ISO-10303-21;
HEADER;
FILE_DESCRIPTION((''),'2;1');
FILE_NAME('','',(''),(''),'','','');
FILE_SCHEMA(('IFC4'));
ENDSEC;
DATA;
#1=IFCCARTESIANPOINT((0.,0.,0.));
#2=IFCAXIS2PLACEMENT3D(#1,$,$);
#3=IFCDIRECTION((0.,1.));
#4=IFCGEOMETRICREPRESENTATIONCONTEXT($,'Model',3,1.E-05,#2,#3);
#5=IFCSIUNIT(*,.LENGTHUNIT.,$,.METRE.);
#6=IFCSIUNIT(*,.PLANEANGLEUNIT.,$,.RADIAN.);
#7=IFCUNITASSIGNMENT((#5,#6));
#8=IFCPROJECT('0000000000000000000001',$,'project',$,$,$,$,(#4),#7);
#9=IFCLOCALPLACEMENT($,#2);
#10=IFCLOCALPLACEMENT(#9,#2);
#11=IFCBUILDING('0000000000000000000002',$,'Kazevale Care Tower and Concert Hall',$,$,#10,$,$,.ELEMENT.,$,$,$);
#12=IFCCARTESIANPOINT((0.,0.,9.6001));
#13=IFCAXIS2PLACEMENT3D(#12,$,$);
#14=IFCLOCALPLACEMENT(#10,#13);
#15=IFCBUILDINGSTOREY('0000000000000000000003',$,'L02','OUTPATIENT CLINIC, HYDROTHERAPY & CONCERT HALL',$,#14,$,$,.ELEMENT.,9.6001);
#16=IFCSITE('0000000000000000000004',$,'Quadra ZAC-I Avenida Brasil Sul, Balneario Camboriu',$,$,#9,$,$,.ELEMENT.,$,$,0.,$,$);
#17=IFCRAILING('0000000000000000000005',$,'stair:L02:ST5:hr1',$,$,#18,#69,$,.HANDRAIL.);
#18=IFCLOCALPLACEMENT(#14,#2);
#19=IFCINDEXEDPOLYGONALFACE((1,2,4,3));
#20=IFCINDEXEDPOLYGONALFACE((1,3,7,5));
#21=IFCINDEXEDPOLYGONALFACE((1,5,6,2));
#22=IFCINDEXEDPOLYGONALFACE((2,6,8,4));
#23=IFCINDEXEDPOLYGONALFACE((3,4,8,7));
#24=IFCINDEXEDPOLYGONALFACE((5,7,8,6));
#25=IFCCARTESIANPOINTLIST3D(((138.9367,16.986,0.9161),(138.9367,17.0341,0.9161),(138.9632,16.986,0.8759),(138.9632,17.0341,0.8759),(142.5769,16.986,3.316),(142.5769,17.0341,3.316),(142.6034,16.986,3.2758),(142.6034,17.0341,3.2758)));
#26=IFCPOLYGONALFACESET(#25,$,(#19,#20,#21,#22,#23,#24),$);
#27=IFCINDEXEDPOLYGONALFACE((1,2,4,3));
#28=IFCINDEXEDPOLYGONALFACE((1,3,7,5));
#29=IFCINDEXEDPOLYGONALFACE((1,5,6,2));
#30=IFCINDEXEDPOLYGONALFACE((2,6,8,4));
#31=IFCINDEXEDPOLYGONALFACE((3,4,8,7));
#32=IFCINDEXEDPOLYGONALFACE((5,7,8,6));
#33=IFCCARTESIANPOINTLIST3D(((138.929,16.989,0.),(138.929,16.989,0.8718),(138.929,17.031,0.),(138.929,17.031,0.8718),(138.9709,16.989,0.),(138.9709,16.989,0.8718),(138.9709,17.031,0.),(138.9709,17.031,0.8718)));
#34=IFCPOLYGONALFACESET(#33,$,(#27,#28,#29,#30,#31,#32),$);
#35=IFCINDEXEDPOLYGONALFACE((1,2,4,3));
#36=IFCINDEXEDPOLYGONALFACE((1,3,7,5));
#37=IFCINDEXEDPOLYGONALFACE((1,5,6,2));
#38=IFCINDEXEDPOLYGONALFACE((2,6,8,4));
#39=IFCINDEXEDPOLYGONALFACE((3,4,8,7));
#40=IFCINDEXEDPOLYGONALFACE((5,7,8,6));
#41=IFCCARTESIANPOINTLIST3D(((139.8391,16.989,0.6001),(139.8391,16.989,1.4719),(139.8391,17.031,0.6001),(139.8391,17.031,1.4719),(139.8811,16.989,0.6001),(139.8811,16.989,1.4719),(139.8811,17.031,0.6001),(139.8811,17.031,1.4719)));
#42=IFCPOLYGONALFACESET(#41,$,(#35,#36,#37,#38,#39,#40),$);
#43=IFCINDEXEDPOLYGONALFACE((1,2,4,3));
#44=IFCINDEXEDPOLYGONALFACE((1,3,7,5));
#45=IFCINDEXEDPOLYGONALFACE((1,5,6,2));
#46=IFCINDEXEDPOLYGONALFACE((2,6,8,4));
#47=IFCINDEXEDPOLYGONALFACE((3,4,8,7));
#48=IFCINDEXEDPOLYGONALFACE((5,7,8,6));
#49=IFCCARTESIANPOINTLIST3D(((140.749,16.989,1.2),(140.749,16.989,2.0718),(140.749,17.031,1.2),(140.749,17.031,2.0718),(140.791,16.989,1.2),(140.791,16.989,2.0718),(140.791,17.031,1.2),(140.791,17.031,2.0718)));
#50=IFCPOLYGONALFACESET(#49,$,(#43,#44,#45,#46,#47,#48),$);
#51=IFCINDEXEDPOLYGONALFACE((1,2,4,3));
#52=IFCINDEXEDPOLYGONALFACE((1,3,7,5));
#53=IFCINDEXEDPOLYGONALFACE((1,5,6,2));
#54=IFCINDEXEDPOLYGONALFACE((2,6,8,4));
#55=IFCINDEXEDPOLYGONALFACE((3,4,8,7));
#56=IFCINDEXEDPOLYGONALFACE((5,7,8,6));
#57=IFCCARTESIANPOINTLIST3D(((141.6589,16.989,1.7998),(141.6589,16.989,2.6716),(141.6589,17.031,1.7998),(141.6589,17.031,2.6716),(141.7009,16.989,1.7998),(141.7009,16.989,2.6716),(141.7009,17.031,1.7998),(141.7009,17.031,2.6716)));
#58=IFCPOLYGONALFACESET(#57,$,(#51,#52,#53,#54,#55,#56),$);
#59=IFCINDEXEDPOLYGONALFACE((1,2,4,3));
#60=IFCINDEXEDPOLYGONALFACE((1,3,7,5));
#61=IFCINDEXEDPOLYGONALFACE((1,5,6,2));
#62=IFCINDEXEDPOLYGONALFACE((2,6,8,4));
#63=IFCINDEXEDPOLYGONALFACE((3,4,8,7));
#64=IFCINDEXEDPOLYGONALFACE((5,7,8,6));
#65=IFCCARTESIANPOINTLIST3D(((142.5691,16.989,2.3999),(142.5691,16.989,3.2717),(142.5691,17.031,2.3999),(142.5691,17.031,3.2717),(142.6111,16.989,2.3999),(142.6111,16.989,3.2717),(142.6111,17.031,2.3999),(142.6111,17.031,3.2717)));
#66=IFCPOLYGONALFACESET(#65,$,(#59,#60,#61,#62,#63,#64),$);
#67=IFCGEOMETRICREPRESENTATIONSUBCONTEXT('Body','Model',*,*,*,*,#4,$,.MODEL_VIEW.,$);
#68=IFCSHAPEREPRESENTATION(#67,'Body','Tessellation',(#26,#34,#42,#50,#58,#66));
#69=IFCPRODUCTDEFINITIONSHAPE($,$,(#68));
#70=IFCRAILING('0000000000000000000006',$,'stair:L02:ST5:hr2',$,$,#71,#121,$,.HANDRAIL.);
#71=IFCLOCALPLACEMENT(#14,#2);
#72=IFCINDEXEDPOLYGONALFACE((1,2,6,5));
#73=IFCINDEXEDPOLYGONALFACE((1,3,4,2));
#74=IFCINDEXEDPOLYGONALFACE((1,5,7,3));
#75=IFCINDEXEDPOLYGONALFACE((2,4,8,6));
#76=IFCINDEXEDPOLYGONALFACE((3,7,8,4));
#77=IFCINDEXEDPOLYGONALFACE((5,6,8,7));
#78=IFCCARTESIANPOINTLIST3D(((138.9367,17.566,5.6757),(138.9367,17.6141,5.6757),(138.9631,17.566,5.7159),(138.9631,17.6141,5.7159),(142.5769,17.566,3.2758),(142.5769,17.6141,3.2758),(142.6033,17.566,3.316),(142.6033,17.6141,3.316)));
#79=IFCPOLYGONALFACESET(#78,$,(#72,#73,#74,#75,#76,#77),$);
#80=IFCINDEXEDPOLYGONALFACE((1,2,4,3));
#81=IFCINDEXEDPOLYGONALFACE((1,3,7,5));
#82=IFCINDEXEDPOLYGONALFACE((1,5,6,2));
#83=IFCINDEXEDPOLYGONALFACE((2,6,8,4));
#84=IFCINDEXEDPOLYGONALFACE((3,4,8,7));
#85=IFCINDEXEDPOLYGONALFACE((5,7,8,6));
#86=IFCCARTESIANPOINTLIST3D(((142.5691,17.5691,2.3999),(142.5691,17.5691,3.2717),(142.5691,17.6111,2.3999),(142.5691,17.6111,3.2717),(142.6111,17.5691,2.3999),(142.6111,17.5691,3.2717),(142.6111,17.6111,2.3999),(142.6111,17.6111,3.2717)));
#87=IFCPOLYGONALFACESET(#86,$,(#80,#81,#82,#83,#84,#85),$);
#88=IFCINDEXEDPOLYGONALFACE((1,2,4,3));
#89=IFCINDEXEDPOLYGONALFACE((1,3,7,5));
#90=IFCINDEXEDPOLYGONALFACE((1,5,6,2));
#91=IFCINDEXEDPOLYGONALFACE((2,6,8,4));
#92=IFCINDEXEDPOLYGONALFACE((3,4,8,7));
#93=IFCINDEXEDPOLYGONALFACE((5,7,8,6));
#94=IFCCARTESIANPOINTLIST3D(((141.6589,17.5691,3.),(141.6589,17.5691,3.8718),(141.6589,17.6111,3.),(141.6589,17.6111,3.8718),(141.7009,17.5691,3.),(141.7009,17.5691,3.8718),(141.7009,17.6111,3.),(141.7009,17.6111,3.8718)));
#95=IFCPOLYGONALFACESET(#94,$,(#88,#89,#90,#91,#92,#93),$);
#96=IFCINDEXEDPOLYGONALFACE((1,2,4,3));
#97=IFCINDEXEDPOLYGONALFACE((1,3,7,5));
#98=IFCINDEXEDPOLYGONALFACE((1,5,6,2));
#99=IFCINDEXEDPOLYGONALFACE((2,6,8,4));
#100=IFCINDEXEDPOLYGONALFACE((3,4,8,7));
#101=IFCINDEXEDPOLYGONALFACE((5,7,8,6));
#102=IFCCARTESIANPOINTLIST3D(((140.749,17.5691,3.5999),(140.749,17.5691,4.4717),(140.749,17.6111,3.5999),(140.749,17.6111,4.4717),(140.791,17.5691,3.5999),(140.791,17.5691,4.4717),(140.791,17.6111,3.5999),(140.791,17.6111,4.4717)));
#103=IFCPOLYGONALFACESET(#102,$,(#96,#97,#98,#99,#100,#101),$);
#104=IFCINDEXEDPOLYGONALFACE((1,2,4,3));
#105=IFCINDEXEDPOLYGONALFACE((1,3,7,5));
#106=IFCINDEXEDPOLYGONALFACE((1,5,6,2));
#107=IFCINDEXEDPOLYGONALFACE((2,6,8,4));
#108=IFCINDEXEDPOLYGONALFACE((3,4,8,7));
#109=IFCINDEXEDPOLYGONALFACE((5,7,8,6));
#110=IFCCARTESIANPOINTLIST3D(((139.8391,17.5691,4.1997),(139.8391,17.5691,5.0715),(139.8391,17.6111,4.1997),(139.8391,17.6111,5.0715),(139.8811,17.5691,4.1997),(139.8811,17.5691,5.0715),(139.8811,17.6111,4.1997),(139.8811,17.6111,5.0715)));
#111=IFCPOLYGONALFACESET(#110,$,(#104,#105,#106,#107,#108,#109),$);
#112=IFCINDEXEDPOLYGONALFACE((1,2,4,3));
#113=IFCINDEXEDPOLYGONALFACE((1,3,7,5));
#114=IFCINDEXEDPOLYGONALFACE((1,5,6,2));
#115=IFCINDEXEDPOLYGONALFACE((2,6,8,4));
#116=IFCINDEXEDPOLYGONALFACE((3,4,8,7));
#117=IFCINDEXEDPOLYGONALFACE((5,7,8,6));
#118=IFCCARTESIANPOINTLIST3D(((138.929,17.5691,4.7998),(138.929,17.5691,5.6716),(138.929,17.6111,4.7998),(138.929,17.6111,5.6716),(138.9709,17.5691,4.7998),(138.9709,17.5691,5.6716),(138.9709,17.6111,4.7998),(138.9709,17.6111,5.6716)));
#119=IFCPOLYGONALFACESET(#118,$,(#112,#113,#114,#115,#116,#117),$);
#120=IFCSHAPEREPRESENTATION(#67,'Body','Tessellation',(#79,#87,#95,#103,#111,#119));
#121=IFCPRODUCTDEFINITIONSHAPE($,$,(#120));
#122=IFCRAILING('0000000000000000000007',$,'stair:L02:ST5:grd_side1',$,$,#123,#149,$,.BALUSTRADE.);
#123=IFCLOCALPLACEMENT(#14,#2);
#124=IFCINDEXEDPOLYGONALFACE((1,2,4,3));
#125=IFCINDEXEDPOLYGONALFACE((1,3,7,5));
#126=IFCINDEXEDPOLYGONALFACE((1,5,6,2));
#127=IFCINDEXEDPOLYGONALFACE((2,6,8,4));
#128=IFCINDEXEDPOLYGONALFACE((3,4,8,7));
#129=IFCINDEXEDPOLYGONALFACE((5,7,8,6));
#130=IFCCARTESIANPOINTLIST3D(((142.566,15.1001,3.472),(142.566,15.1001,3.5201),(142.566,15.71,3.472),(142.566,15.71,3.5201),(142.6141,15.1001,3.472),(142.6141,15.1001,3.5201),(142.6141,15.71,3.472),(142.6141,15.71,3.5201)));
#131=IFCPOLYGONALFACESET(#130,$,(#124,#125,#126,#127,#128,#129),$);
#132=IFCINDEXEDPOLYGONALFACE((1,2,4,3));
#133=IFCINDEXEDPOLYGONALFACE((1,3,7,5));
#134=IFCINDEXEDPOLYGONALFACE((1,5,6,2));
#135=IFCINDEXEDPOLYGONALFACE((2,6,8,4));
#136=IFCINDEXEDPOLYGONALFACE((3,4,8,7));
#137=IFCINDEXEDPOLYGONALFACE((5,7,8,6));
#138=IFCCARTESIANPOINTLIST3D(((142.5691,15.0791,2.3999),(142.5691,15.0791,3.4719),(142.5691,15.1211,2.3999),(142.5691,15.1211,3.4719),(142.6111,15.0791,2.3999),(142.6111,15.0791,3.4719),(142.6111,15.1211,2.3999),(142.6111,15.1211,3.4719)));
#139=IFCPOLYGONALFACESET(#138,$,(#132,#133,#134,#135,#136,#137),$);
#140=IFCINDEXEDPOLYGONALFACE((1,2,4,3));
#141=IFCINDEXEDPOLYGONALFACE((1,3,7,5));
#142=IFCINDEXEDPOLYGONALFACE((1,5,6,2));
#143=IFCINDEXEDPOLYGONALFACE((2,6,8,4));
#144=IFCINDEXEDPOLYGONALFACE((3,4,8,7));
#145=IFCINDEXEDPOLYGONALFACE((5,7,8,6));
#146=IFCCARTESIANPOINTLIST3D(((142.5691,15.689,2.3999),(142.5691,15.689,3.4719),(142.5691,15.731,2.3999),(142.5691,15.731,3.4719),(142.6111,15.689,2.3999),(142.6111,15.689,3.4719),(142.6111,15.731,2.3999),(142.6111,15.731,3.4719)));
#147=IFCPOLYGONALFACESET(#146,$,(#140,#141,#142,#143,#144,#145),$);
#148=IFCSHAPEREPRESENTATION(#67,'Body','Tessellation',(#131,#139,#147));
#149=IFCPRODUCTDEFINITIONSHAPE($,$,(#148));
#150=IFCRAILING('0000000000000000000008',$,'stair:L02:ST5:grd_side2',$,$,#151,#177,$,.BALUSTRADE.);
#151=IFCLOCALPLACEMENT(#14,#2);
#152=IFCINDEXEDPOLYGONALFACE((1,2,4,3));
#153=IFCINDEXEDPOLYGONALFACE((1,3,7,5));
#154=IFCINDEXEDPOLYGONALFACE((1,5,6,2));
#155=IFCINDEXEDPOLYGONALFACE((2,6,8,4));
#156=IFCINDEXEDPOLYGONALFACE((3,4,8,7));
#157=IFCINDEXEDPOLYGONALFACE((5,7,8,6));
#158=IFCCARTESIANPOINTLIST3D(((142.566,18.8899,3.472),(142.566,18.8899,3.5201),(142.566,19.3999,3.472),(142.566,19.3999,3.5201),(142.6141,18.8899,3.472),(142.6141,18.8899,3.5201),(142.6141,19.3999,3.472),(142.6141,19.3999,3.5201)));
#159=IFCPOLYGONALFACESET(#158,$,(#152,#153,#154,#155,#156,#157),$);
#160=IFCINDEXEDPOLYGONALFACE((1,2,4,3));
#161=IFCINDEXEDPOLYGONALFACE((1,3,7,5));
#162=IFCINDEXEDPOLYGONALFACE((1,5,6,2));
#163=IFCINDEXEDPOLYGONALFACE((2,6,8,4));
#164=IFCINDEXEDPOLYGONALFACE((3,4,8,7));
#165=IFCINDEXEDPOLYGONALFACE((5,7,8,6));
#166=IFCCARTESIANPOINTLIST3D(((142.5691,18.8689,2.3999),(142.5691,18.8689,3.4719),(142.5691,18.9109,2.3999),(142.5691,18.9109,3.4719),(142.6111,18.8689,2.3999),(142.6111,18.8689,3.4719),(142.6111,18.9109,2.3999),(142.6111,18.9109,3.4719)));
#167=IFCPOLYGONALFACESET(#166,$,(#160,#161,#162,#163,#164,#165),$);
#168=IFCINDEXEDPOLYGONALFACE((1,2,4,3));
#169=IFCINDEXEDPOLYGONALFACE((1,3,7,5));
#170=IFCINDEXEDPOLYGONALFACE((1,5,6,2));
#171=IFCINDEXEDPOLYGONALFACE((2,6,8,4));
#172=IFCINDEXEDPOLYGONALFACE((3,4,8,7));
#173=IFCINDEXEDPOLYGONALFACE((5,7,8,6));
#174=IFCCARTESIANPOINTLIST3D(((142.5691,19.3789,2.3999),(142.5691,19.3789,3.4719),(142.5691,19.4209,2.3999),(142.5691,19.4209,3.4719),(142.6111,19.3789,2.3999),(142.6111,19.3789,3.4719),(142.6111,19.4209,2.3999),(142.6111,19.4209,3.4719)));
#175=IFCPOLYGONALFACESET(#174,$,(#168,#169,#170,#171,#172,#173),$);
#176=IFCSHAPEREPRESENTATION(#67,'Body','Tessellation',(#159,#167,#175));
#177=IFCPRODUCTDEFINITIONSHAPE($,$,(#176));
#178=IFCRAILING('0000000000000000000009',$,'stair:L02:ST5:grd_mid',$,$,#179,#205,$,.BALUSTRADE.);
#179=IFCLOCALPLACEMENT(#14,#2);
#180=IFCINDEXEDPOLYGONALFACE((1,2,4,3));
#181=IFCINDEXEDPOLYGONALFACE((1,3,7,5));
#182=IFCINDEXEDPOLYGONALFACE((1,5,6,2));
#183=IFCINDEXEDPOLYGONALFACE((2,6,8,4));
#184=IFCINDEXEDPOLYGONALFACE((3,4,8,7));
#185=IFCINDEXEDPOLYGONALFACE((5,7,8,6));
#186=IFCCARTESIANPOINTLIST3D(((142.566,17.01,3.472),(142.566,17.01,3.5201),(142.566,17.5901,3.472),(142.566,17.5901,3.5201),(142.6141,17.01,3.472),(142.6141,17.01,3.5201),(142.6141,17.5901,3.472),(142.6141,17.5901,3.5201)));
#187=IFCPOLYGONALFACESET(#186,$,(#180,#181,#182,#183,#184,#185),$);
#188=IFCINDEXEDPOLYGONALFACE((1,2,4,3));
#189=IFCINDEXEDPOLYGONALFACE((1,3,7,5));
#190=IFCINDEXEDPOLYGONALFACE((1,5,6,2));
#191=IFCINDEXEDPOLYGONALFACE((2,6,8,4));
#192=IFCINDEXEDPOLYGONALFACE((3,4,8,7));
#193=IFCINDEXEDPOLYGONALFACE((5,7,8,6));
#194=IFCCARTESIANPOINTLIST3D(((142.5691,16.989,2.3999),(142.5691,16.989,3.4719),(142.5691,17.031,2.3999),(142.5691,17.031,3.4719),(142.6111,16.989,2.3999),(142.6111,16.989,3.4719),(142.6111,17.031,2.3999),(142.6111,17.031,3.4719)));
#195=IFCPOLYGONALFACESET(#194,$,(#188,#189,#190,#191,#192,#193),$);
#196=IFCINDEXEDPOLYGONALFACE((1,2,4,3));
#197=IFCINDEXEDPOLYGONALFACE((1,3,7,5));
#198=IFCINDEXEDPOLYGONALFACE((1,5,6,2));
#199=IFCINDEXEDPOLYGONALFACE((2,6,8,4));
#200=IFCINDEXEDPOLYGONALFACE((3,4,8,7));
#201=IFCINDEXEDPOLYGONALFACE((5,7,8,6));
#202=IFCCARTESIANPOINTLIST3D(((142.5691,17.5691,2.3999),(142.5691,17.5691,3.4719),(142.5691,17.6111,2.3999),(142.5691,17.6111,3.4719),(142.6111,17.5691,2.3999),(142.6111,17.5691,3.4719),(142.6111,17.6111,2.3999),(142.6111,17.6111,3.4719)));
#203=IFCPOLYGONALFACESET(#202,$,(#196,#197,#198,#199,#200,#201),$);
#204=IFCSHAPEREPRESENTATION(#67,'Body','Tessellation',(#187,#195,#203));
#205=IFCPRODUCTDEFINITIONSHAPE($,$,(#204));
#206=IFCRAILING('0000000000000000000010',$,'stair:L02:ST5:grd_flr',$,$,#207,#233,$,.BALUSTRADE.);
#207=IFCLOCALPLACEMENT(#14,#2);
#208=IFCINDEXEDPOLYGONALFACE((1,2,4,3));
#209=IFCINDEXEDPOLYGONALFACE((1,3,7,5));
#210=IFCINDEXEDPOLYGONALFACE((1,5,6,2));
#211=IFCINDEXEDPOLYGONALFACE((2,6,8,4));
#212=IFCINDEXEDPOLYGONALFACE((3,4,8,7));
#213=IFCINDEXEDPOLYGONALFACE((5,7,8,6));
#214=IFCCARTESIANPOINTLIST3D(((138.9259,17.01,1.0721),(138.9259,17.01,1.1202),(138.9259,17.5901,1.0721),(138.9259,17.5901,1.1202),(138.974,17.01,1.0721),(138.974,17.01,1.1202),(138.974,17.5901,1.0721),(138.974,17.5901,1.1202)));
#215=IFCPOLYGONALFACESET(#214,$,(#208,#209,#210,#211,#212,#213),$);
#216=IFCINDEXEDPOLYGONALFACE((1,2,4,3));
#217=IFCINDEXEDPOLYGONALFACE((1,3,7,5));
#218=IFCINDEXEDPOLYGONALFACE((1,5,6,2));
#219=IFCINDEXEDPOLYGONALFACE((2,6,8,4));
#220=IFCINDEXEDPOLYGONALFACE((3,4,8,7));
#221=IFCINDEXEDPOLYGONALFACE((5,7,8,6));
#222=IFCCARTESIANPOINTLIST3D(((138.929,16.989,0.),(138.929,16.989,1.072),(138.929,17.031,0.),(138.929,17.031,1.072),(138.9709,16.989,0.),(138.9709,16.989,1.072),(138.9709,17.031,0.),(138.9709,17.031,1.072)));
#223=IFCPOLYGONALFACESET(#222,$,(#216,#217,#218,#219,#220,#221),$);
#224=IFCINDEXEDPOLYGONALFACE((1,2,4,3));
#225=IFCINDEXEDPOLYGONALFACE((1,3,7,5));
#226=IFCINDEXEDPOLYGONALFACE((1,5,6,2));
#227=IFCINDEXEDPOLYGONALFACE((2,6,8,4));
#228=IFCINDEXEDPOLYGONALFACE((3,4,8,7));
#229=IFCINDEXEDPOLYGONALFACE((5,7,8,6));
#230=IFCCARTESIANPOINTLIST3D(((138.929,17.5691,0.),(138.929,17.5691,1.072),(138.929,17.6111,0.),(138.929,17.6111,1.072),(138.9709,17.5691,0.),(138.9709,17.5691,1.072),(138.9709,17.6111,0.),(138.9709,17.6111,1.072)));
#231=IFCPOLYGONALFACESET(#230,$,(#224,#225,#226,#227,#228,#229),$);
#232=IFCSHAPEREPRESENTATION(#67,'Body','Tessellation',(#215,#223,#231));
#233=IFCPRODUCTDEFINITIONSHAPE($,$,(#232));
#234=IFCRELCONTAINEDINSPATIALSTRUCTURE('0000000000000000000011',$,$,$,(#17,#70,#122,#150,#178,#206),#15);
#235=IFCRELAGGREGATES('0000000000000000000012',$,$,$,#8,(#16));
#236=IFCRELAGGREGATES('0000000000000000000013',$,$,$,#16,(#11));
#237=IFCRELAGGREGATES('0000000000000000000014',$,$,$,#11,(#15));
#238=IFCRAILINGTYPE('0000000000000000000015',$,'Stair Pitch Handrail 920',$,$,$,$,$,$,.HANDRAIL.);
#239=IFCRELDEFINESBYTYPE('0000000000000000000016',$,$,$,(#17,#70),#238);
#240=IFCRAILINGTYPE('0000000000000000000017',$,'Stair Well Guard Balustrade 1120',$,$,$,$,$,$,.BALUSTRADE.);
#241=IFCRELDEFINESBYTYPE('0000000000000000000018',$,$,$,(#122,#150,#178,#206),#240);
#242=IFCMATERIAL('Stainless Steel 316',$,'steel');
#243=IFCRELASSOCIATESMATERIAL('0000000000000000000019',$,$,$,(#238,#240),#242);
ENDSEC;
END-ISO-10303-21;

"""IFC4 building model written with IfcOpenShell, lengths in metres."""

from ifc_helpers import new_model, si_unit, direction, frame, origin, origin_2d, place, context, subcontext, project, spatial, rectangle, extrude, material, type_object, element, save


model = new_model("IFC4")

# Units and contexts
model_context = context("Model", 3, precision=1e-05, world=origin(), true_north=direction((0.0, 1.0)))
body_context = subcontext(model_context, "Body", "Model", "MODEL_VIEW")
ifc_project = project(units=[si_unit("LENGTHUNIT", "METRE"), si_unit("PLANEANGLEUNIT", "RADIAN")], contexts=[model_context])

# Site, building, storey
site_placement = place(None, origin())
site = spatial("IfcSite", under=ifc_project, at=site_placement, Name="Quadra ZAC-I Avenida Brasil Sul, Balneario Camboriu", CompositionType="ELEMENT", RefElevation=0.0)
building_placement = place(site_placement, origin())
building = spatial("IfcBuilding", under=site, at=building_placement, Name="Kazevale Care Tower and Concert Hall", CompositionType="ELEMENT")
storey_placement = place(building_placement, frame((0.0, 0.0, 9.6001)))
storey = spatial("IfcBuildingStorey", under=building, at=storey_placement, Name="L02", Description="OUTPATIENT CLINIC, HYDROTHERAPY & CONCERT HALL", CompositionType="ELEMENT", Elevation=9.6001)

# Railings
ifc_material_1 = material(Name="Stainless Steel 316", Category="steel")
railing_type_1 = type_object("IfcRailingType", Name="Stair Pitch Handrail 920", PredefinedType="HANDRAIL", material=ifc_material_1)
railing_1_placement = place(storey_placement, frame((138.95, 17.01, 0.0)))
element("IfcRailing", 1, at=railing_1_placement, inside=storey, type_object=railing_type_1, Name="stair:L02:ST5:hr1", PredefinedType="HANDRAIL", context=body_context, shape_type="SweptSolid", body=[
    extrude(rectangle(XDim=0.0481, YDim=0.0481, at=origin_2d()), frame((0.0, 0.0, 0.896), z_axis=(0.834882, 0.0, 0.550429), x_axis=(0.0, 1.0, 0.0)), (0.0, 0.0, 1.0), 4.3601),
    extrude(rectangle(XDim=0.042, YDim=0.042, at=origin_2d()), origin(), (0.0, 0.0, 1.0), 0.8718),
    extrude(rectangle(XDim=0.042, YDim=0.042, at=origin_2d()), frame((0.9102, 0.0, 0.6001)), (0.0, 0.0, 1.0), 0.8718),
    extrude(rectangle(XDim=0.042, YDim=0.042, at=origin_2d()), frame((1.8201, 0.0, 1.2)), (0.0, 0.0, 1.0), 0.8718),
    extrude(rectangle(XDim=0.042, YDim=0.042, at=origin_2d()), frame((2.73, 0.0, 1.7998)), (0.0, 0.0, 1.0), 0.8718),
    extrude(rectangle(XDim=0.042, YDim=0.042, at=origin_2d()), frame((3.6401, 0.0, 2.3999)), (0.0, 0.0, 1.0), 0.8718),
])
railing_2_placement = place(storey_placement, frame((142.5901, 17.5901, 2.3999)))
element("IfcRailing", 2, at=railing_2_placement, inside=storey, type_object=railing_type_1, Name="stair:L02:ST5:hr2", PredefinedType="HANDRAIL", context=body_context, shape_type="SweptSolid", body=[
    extrude(rectangle(XDim=0.0481, YDim=0.0481, at=origin_2d()), frame((0.0, 0.0, 0.896), z_axis=(-0.834882, 0.0, 0.550429), x_axis=(0.0, -1.0, 0.0)), (0.0, 0.0, 1.0), 4.3601),
    extrude(rectangle(XDim=0.042, YDim=0.042, at=origin_2d()), origin(), (0.0, 0.0, 1.0), 0.8718),
    extrude(rectangle(XDim=0.042, YDim=0.042, at=origin_2d()), frame((-0.9102, 0.0, 0.6001)), (0.0, 0.0, 1.0), 0.8718),
    extrude(rectangle(XDim=0.042, YDim=0.042, at=origin_2d()), frame((-1.8201, 0.0, 1.2)), (0.0, 0.0, 1.0), 0.8718),
    extrude(rectangle(XDim=0.042, YDim=0.042, at=origin_2d()), frame((-2.73, 0.0, 1.7998)), (0.0, 0.0, 1.0), 0.8718),
    extrude(rectangle(XDim=0.042, YDim=0.042, at=origin_2d()), frame((-3.6401, 0.0, 2.3999)), (0.0, 0.0, 1.0), 0.8718),
])
railing_type_2 = type_object("IfcRailingType", Name="Stair Well Guard Balustrade 1120", PredefinedType="BALUSTRADE", material=ifc_material_1)
railing_3_placement = place(storey_placement, frame((142.5901, 15.1001, 2.3999)))
element("IfcRailing", 3, at=railing_3_placement, inside=storey, type_object=railing_type_2, Name="stair:L02:ST5:grd_side1", PredefinedType="BALUSTRADE", context=body_context, shape_type="SweptSolid", body=[
    extrude(rectangle(XDim=0.0481, YDim=0.0481, at=origin_2d()), frame((0.0, 0.0, 1.0962), z_axis=(0.0, 1.0, 0.0), x_axis=(-1.0, 0.0, 0.0)), (0.0, 0.0, 1.0), 0.6099),
    extrude(rectangle(XDim=0.042, YDim=0.042, at=origin_2d()), origin(), (0.0, 0.0, 1.0), 1.072),
    extrude(rectangle(XDim=0.042, YDim=0.042, at=origin_2d()), frame((0.0, 0.6099, 0.0)), (0.0, 0.0, 1.0), 1.072),
])
railing_4_placement = place(storey_placement, frame((142.5901, 18.8899, 2.3999)))
element("IfcRailing", 4, at=railing_4_placement, inside=storey, type_object=railing_type_2, Name="stair:L02:ST5:grd_side2", PredefinedType="BALUSTRADE", context=body_context, shape_type="SweptSolid", body=[
    extrude(rectangle(XDim=0.0481, YDim=0.0481, at=origin_2d()), frame((0.0, 0.0, 1.0962), z_axis=(0.0, 1.0, 0.0), x_axis=(-1.0, 0.0, 0.0)), (0.0, 0.0, 1.0), 0.51),
    extrude(rectangle(XDim=0.042, YDim=0.042, at=origin_2d()), origin(), (0.0, 0.0, 1.0), 1.072),
    extrude(rectangle(XDim=0.042, YDim=0.042, at=origin_2d()), frame((0.0, 0.51, 0.0)), (0.0, 0.0, 1.0), 1.072),
])
for number, where, name in (
    (5, (142.5901, 17.01, 2.3999), "stair:L02:ST5:grd_mid"),
    (6, (138.95, 17.01, 0.0), "stair:L02:ST5:grd_flr"),
):
    element("IfcRailing", number, at=place(storey_placement, frame(where)), inside=storey, type_object=railing_type_2, Name=name, PredefinedType="BALUSTRADE", context=body_context, shape_type="SweptSolid", body=[
        extrude(rectangle(XDim=0.0481, YDim=0.0481, at=origin_2d()), frame((0.0, 0.0, 1.0962), z_axis=(0.0, 1.0, 0.0), x_axis=(-1.0, 0.0, 0.0)), (0.0, 0.0, 1.0), 0.5801),
        extrude(rectangle(XDim=0.042, YDim=0.042, at=origin_2d()), origin(), (0.0, 0.0, 1.0), 1.072),
        extrude(rectangle(XDim=0.042, YDim=0.042, at=origin_2d()), frame((0.0, 0.5801, 0.0)), (0.0, 0.0, 1.0), 1.072),
    ])

save(model, "model.ifc")
